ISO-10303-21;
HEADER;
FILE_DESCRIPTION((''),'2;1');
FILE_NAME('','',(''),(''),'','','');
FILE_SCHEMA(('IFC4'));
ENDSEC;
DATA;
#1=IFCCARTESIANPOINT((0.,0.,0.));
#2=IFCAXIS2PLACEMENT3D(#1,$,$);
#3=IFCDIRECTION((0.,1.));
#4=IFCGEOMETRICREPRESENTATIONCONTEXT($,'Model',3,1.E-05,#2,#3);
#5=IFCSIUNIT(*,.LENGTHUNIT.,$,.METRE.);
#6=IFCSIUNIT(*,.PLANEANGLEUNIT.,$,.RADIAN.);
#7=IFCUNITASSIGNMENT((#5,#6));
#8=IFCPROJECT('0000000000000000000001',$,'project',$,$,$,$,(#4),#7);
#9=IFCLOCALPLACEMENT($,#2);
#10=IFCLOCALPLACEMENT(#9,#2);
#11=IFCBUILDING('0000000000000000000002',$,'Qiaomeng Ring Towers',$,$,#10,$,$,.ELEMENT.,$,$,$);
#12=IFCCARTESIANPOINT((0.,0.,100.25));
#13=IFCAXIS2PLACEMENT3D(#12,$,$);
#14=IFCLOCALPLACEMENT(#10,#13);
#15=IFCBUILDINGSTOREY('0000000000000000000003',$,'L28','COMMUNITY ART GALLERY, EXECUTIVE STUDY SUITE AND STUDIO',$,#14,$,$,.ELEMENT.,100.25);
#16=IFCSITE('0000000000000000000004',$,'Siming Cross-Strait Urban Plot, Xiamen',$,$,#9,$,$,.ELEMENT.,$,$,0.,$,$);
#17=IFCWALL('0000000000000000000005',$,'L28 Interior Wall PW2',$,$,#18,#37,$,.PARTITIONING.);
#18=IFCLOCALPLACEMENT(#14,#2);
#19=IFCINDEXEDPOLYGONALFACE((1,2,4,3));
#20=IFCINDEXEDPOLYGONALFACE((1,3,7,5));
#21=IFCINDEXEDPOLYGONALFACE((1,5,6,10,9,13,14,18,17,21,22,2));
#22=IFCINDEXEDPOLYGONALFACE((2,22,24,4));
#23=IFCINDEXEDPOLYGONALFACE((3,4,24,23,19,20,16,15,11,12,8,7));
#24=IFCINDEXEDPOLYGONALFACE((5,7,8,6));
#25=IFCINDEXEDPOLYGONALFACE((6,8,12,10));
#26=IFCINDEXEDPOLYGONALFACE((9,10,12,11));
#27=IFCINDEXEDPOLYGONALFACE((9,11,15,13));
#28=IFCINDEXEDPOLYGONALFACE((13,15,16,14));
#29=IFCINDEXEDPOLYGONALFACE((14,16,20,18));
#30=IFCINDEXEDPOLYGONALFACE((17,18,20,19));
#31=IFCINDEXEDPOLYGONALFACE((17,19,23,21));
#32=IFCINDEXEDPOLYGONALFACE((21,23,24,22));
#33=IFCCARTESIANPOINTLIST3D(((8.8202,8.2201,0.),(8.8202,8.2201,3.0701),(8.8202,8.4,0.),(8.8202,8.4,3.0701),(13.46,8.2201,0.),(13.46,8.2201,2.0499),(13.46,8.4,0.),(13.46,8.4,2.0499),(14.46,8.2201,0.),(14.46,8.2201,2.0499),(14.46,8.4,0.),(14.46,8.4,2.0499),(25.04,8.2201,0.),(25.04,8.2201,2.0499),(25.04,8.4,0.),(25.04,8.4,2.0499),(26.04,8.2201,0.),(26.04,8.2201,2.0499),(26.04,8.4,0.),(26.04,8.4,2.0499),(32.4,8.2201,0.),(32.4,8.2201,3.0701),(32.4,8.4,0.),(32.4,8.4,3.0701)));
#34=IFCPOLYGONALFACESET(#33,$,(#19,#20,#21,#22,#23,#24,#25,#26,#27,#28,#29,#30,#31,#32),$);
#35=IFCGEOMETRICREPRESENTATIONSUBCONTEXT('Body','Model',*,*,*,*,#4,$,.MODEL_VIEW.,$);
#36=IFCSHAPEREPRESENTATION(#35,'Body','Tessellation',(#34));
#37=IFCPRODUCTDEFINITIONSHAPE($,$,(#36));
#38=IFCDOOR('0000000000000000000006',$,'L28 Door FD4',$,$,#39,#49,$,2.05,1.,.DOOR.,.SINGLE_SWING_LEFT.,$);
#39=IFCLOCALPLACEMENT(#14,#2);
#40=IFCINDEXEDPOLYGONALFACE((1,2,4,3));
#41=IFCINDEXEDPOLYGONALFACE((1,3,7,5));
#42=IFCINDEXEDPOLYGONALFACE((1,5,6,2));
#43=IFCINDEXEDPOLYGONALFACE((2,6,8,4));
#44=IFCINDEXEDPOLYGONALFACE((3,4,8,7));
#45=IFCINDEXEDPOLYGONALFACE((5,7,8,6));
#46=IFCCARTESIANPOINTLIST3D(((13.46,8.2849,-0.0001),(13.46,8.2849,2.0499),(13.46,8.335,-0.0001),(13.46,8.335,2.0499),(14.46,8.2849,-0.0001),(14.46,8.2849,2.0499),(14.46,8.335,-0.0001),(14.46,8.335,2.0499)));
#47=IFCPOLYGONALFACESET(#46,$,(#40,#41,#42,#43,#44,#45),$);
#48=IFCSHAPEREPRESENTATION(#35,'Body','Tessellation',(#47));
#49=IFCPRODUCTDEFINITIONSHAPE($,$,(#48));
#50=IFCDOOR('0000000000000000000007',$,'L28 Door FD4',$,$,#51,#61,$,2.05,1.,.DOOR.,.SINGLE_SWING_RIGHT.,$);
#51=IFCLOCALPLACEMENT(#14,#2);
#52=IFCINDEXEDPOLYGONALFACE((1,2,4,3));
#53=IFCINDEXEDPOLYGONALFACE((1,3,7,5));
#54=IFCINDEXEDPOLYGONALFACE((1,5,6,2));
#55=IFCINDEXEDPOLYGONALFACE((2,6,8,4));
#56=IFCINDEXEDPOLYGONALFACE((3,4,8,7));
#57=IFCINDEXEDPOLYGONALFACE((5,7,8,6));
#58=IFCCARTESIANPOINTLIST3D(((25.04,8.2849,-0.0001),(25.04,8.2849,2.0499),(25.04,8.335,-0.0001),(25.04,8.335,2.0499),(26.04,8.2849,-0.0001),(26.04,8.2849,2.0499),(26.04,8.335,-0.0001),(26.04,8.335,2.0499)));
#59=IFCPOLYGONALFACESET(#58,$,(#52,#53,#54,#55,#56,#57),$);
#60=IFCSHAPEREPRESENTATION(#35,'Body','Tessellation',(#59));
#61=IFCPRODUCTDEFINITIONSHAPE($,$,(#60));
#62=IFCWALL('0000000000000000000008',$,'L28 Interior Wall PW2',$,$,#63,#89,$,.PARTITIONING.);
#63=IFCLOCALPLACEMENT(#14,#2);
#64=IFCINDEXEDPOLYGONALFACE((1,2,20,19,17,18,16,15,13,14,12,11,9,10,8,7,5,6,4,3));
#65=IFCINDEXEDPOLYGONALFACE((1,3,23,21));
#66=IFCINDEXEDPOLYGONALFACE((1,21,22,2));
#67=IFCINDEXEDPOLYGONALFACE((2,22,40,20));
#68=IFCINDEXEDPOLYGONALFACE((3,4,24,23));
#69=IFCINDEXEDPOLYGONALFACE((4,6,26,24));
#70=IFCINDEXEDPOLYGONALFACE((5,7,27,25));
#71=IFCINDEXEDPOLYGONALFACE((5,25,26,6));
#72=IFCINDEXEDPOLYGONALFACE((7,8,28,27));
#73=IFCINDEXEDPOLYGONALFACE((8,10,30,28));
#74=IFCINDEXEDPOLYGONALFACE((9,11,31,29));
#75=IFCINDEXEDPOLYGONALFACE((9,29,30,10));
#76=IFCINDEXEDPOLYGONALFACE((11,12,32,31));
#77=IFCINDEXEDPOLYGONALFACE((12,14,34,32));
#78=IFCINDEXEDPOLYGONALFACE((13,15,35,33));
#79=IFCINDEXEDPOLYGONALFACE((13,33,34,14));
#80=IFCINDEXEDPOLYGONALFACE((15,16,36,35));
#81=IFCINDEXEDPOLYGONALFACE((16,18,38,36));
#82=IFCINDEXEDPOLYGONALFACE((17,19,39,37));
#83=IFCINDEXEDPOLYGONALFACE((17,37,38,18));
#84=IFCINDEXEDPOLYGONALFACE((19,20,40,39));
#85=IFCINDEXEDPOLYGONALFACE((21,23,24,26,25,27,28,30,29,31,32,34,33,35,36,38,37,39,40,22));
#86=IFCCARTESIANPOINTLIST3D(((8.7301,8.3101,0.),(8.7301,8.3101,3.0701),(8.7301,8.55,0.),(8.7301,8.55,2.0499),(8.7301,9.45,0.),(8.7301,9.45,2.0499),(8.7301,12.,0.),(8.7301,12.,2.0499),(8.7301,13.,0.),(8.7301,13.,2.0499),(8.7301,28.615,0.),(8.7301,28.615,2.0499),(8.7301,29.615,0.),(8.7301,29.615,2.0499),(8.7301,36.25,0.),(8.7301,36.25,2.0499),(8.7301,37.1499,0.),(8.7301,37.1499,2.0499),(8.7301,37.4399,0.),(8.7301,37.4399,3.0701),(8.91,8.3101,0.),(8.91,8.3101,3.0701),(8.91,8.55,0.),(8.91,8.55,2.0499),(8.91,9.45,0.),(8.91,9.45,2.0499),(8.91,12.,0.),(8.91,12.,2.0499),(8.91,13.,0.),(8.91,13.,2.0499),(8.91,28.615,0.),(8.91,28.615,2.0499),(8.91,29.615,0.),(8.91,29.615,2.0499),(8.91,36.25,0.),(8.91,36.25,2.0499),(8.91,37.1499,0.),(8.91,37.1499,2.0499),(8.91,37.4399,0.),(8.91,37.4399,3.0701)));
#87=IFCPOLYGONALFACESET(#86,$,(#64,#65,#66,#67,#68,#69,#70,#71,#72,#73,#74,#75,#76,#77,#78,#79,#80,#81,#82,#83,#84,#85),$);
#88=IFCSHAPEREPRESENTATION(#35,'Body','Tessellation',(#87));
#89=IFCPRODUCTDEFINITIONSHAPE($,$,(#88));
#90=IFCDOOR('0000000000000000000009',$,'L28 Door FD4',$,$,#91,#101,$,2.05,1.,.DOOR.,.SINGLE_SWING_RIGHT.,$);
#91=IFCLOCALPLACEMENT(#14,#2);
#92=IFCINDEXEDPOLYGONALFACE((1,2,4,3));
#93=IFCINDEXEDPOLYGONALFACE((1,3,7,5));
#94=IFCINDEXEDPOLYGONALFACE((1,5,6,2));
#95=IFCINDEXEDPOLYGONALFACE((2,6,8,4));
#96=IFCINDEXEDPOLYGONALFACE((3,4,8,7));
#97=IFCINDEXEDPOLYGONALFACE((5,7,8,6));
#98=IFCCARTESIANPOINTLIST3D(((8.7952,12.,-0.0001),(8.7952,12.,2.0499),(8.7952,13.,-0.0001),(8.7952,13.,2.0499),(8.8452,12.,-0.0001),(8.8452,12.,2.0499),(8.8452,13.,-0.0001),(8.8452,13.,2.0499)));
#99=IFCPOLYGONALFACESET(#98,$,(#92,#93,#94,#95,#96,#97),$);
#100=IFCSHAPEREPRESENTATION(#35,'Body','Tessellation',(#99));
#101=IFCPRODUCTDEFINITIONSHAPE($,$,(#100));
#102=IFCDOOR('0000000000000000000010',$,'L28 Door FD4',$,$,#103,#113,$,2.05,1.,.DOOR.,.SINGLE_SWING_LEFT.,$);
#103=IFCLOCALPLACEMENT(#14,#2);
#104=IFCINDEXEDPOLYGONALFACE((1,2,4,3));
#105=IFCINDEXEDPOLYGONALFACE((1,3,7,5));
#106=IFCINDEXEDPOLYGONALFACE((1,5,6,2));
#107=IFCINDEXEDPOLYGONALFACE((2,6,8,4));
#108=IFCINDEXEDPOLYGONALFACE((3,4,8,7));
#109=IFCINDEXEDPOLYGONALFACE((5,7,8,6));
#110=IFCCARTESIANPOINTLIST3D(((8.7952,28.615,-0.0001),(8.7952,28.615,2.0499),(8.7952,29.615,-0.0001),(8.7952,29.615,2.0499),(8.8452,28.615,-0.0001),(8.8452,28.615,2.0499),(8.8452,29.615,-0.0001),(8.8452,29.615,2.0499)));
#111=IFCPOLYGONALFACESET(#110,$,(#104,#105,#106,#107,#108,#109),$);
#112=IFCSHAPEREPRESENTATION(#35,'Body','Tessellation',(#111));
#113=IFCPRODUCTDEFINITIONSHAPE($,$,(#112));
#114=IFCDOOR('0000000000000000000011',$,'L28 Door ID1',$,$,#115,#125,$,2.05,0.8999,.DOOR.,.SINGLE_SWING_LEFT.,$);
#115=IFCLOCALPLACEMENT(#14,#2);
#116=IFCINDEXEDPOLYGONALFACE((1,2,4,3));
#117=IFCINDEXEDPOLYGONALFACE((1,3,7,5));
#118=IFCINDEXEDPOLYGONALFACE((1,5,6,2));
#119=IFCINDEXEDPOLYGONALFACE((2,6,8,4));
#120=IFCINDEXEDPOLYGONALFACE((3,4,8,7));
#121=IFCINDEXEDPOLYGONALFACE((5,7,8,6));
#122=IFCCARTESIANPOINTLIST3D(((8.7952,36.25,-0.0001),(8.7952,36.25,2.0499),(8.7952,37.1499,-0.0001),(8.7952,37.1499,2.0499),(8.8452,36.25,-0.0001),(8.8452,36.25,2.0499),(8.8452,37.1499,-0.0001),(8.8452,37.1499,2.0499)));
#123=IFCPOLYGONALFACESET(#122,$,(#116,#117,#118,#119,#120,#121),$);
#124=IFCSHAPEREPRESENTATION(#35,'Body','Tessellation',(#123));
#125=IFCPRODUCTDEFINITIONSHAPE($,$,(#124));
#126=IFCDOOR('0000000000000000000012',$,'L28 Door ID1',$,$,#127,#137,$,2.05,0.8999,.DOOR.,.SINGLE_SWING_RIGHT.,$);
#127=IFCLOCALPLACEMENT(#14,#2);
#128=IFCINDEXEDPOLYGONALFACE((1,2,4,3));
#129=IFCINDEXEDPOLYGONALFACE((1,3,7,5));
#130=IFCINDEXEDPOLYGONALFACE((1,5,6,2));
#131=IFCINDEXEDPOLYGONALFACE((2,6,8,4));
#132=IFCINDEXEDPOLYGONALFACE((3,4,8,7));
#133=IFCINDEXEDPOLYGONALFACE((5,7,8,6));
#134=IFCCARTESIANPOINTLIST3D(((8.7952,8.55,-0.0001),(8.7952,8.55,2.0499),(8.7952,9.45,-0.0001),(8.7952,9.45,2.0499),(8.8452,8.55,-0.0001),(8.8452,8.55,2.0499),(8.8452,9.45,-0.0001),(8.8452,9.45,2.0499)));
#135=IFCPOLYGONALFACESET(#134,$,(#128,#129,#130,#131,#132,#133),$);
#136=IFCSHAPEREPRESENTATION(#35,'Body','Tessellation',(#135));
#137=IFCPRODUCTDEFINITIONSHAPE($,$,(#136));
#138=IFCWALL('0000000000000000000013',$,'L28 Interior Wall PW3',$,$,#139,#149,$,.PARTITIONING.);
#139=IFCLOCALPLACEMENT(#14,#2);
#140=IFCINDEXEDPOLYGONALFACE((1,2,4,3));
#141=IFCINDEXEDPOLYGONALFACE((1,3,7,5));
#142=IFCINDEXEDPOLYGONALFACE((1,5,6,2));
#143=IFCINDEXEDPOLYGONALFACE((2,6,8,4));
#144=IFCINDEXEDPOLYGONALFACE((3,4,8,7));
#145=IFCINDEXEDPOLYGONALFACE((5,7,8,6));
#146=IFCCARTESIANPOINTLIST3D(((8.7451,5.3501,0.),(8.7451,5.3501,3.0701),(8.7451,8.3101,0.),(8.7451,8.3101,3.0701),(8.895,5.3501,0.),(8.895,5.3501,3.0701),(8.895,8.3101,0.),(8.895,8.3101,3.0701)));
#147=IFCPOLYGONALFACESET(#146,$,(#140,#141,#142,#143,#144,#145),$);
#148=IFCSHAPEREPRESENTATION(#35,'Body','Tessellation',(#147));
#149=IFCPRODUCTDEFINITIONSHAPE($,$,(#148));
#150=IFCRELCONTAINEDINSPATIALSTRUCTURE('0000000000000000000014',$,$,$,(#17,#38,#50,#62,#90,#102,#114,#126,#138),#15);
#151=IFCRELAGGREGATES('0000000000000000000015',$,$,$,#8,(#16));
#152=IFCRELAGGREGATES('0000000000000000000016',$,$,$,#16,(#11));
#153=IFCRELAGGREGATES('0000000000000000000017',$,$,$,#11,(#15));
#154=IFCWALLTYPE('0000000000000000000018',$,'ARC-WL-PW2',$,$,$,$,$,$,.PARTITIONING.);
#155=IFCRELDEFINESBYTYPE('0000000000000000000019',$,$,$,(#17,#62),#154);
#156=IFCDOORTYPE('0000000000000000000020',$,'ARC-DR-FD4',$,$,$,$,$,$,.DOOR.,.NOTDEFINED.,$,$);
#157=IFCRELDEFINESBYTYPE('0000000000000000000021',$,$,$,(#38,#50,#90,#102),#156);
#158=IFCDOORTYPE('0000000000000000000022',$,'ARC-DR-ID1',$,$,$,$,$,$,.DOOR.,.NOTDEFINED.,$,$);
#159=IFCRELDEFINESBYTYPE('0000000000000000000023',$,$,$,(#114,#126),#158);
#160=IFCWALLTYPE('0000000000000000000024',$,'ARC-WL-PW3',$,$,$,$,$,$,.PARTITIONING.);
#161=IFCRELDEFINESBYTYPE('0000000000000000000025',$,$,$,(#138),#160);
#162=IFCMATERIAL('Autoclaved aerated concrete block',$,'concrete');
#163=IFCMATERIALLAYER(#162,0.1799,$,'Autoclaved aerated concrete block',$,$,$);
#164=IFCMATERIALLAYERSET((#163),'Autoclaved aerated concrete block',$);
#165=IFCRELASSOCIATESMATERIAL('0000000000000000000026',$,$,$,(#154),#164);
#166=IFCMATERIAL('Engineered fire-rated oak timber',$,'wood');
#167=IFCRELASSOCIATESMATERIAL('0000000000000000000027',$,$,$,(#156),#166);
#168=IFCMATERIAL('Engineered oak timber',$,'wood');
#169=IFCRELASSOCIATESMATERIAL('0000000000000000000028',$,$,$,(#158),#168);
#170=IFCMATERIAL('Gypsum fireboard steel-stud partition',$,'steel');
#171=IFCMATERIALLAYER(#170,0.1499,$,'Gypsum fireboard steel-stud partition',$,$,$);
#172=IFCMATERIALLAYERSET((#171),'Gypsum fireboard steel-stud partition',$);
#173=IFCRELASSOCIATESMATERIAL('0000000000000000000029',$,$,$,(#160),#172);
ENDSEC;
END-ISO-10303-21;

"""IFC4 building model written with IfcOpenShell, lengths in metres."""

from ifc_helpers import new_model, si_unit, direction, frame, frame_2d, origin, place, context, subcontext, project, spatial, rectangle, extrude, source, transform, mapped, material, layer, layer_set, type_object, element, fill, save


model = new_model("IFC4")

# Units and contexts
model_context = context("Model", 3, precision=1e-05, world=origin(), true_north=direction((0.0, 1.0)))
body_context = subcontext(model_context, "Body", "Model", "MODEL_VIEW")
ifc_project = project(units=[si_unit("LENGTHUNIT", "METRE"), si_unit("PLANEANGLEUNIT", "RADIAN")], contexts=[model_context])

# Site, building, storey
site_placement = place(None, origin())
site = spatial("IfcSite", under=ifc_project, at=site_placement, Name="Siming Cross-Strait Urban Plot, Xiamen", CompositionType="ELEMENT", RefElevation=0.0)
building_placement = place(site_placement, origin())
building = spatial("IfcBuilding", under=site, at=building_placement, Name="Qiaomeng Ring Towers", CompositionType="ELEMENT")
storey_placement = place(building_placement, frame((0.0, 0.0, 100.25)))
storey = spatial("IfcBuildingStorey", under=building, at=storey_placement, Name="L28", Description="COMMUNITY ART GALLERY, EXECUTIVE STUDY SUITE AND STUDIO", CompositionType="ELEMENT", Elevation=100.25)

# Walls, openings, doors
ifc_material_1 = material(Name="Autoclaved aerated concrete block", Category="concrete")
ifc_layer_1 = layer(ifc_material_1, 0.1799, Name="Autoclaved aerated concrete block")
ifc_layer_set_1 = layer_set([ifc_layer_1], Name="Autoclaved aerated concrete block")
wall_type_1 = type_object("IfcWallType", Name="ARC-WL-PW2", PredefinedType="PARTITIONING", material=ifc_layer_set_1)
wall_1_placement = place(storey_placement, frame((8.8201, 8.3101, 0.0), z_axis=(0.0, 0.0, 1.0), x_axis=(1.0, 0.0, 0.0)))
wall_1 = element("IfcWall", 1, at=wall_1_placement, inside=storey, type_object=wall_type_1, Name="L28 Interior Wall PW2", PredefinedType="PARTITIONING", context=body_context, shape_type="SweptSolid", body=[
    extrude(rectangle(XDim=23.5798, YDim=0.1799, at=frame_2d((11.79, 0.0))), origin(), (0.0, 0.0, 1.0), 3.0701),
])
opening_1_placement = place(wall_1_placement, frame((4.6399, 0.0, 0.0)))
opening_1 = element("IfcOpeningElement", 2, at=opening_1_placement, cuts=wall_1, PredefinedType="OPENING", context=body_context, shape_type="SweptSolid", body=[
    extrude(rectangle(XDim=1.0, YDim=2.05, at=frame_2d((0.5, 1.0249))), frame((0.0, 0.0999, 0.0), z_axis=(0.0, -1.0, 0.0), x_axis=(1.0, 0.0, 0.0)), (0.0, 0.0, 1.0), 0.2),
])
opening_2_placement = place(wall_1_placement, frame((16.22, 0.0, 0.0)))
opening_2 = element("IfcOpeningElement", 3, at=opening_2_placement, cuts=wall_1, PredefinedType="OPENING", context=body_context, shape_type="SweptSolid", body=[
    extrude(rectangle(XDim=1.0, YDim=2.05, at=frame_2d((0.5, 1.0249))), frame((0.0, 0.0999, 0.0), z_axis=(0.0, -1.0, 0.0), x_axis=(1.0, 0.0, 0.0)), (0.0, 0.0, 1.0), 0.2),
])
ifc_material_2 = material(Name="Engineered fire-rated oak timber", Category="wood")
door_type_1 = type_object("IfcDoorType", Name="ARC-DR-FD4", OperationType="NOTDEFINED", PredefinedType="DOOR", material=ifc_material_2)
shared_shape_1 = source(origin(), body_context, "Body", "SweptSolid", [
    extrude(rectangle(XDim=1.0, YDim=2.05, at=frame_2d((0.5, 1.0249))), frame((0.0, 0.0249, 0.0), z_axis=(0.0, -1.0, 0.0), x_axis=(1.0, 0.0, 0.0)), (0.0, 0.0, 1.0), 0.05),
])
door_1_placement = place(opening_1_placement, origin())
door_1 = element("IfcDoor", 4, at=door_1_placement, inside=storey, type_object=door_type_1, Name="L28 Door FD4", OperationType="SINGLE_SWING_LEFT", OverallHeight=2.05, OverallWidth=1.0, PredefinedType="DOOR", context=body_context, shape_type="MappedRepresentation", body=[
    mapped(shared_shape_1, transform((0.0, 0.0, 0.0), x_axis=(1.0, 0.0, 0.0), y_axis=(0.0, 1.0, 0.0), z_axis=(0.0, 0.0, 1.0), scale=1.0)),
])
fill(opening_1, door_1)
door_2_placement = place(opening_2_placement, origin())
door_2 = element("IfcDoor", 5, at=door_2_placement, inside=storey, type_object=door_type_1, Name="L28 Door FD4", OperationType="SINGLE_SWING_RIGHT", OverallHeight=2.05, OverallWidth=1.0, PredefinedType="DOOR", context=body_context, shape_type="MappedRepresentation", body=[
    mapped(shared_shape_1, transform((0.0, 0.0, 0.0), x_axis=(1.0, 0.0, 0.0), y_axis=(0.0, 1.0, 0.0), z_axis=(0.0, 0.0, 1.0), scale=1.0)),
])
fill(opening_2, door_2)
wall_2_placement = place(storey_placement, frame((8.8201, 8.3101, 0.0), z_axis=(0.0, 0.0, 1.0), x_axis=(0.0, 1.0, 0.0)))
wall_2 = element("IfcWall", 6, at=wall_2_placement, inside=storey, type_object=wall_type_1, Name="L28 Interior Wall PW2", PredefinedType="PARTITIONING", context=body_context, shape_type="SweptSolid", body=[
    extrude(rectangle(XDim=29.1299, YDim=0.1799, at=frame_2d((14.5649, 0.0))), origin(), (0.0, 0.0, 1.0), 3.0701),
])
opening_3_placement = place(wall_2_placement, frame((27.9399, 0.0, 0.0)))
opening_3 = element("IfcOpeningElement", 7, at=opening_3_placement, cuts=wall_2, PredefinedType="OPENING", context=body_context, shape_type="SweptSolid", body=[
    extrude(rectangle(XDim=0.8999, YDim=2.05, at=frame_2d((0.45, 1.0249))), frame((0.0, 0.0999, 0.0), z_axis=(0.0, -1.0, 0.0), x_axis=(1.0, 0.0, 0.0)), (0.0, 0.0, 1.0), 0.2),
])
opening_4_placement = place(wall_2_placement, frame((0.24, 0.0, 0.0)))
opening_4 = element("IfcOpeningElement", 8, at=opening_4_placement, cuts=wall_2, PredefinedType="OPENING", context=body_context, shape_type="SweptSolid", body=[
    extrude(rectangle(XDim=0.8999, YDim=2.05, at=frame_2d((0.45, 1.0249))), frame((0.0, 0.0999, 0.0), z_axis=(0.0, -1.0, 0.0), x_axis=(1.0, 0.0, 0.0)), (0.0, 0.0, 1.0), 0.2),
])
opening_5_placement = place(wall_2_placement, frame((3.6899, 0.0, 0.0)))
opening_5 = element("IfcOpeningElement", 9, at=opening_5_placement, cuts=wall_2, PredefinedType="OPENING", context=body_context, shape_type="SweptSolid", body=[
    extrude(rectangle(XDim=1.0, YDim=2.05, at=frame_2d((0.5, 1.0249))), frame((0.0, 0.0999, 0.0), z_axis=(0.0, -1.0, 0.0), x_axis=(1.0, 0.0, 0.0)), (0.0, 0.0, 1.0), 0.2),
])
opening_6_placement = place(wall_2_placement, frame((20.3049, 0.0, 0.0)))
opening_6 = element("IfcOpeningElement", 10, at=opening_6_placement, cuts=wall_2, PredefinedType="OPENING", context=body_context, shape_type="SweptSolid", body=[
    extrude(rectangle(XDim=1.0, YDim=2.05, at=frame_2d((0.5, 1.0249))), frame((0.0, 0.0999, 0.0), z_axis=(0.0, -1.0, 0.0), x_axis=(1.0, 0.0, 0.0)), (0.0, 0.0, 1.0), 0.2),
])
door_3_placement = place(opening_5_placement, origin())
door_3 = element("IfcDoor", 11, at=door_3_placement, inside=storey, type_object=door_type_1, Name="L28 Door FD4", OperationType="SINGLE_SWING_RIGHT", OverallHeight=2.05, OverallWidth=1.0, PredefinedType="DOOR", context=body_context, shape_type="MappedRepresentation", body=[
    mapped(shared_shape_1, transform((0.0, 0.0, 0.0), x_axis=(1.0, 0.0, 0.0), y_axis=(0.0, 1.0, 0.0), z_axis=(0.0, 0.0, 1.0), scale=1.0)),
])
fill(opening_5, door_3)
door_4_placement = place(opening_6_placement, origin())
door_4 = element("IfcDoor", 12, at=door_4_placement, inside=storey, type_object=door_type_1, Name="L28 Door FD4", OperationType="SINGLE_SWING_LEFT", OverallHeight=2.05, OverallWidth=1.0, PredefinedType="DOOR", context=body_context, shape_type="MappedRepresentation", body=[
    mapped(shared_shape_1, transform((0.0, 0.0, 0.0), x_axis=(1.0, 0.0, 0.0), y_axis=(0.0, 1.0, 0.0), z_axis=(0.0, 0.0, 1.0), scale=1.0)),
])
fill(opening_6, door_4)
ifc_material_3 = material(Name="Engineered oak timber", Category="wood")
door_type_2 = type_object("IfcDoorType", Name="ARC-DR-ID1", OperationType="NOTDEFINED", PredefinedType="DOOR", material=ifc_material_3)
shared_shape_2 = source(origin(), body_context, "Body", "SweptSolid", [
    extrude(rectangle(XDim=0.8999, YDim=2.05, at=frame_2d((0.45, 1.0249))), frame((0.0, 0.0249, 0.0), z_axis=(0.0, -1.0, 0.0), x_axis=(1.0, 0.0, 0.0)), (0.0, 0.0, 1.0), 0.05),
])
door_5_placement = place(opening_3_placement, origin())
door_5 = element("IfcDoor", 13, at=door_5_placement, inside=storey, type_object=door_type_2, Name="L28 Door ID1", OperationType="SINGLE_SWING_LEFT", OverallHeight=2.05, OverallWidth=0.8999, PredefinedType="DOOR", context=body_context, shape_type="MappedRepresentation", body=[
    mapped(shared_shape_2, transform((0.0, 0.0, 0.0), x_axis=(1.0, 0.0, 0.0), y_axis=(0.0, 1.0, 0.0), z_axis=(0.0, 0.0, 1.0), scale=1.0)),
])
fill(opening_3, door_5)
door_6_placement = place(opening_4_placement, origin())
door_6 = element("IfcDoor", 14, at=door_6_placement, inside=storey, type_object=door_type_2, Name="L28 Door ID1", OperationType="SINGLE_SWING_RIGHT", OverallHeight=2.05, OverallWidth=0.8999, PredefinedType="DOOR", context=body_context, shape_type="MappedRepresentation", body=[
    mapped(shared_shape_2, transform((0.0, 0.0, 0.0), x_axis=(1.0, 0.0, 0.0), y_axis=(0.0, 1.0, 0.0), z_axis=(0.0, 0.0, 1.0), scale=1.0)),
])
fill(opening_4, door_6)

# Wall
ifc_material_4 = material(Name="Gypsum fireboard steel-stud partition", Category="steel")
ifc_layer_2 = layer(ifc_material_4, 0.1499, Name="Gypsum fireboard steel-stud partition")
ifc_layer_set_2 = layer_set([ifc_layer_2], Name="Gypsum fireboard steel-stud partition")
wall_type_2 = type_object("IfcWallType", Name="ARC-WL-PW3", PredefinedType="PARTITIONING", material=ifc_layer_set_2)
wall_3_placement = place(storey_placement, frame((8.8201, 5.3501, 0.0), z_axis=(0.0, 0.0, 1.0), x_axis=(0.0, 1.0, 0.0)))
element("IfcWall", 15, at=wall_3_placement, inside=storey, type_object=wall_type_2, Name="L28 Interior Wall PW3", PredefinedType="PARTITIONING", context=body_context, shape_type="SweptSolid", body=[
    extrude(rectangle(XDim=2.96, YDim=0.1499, at=frame_2d((1.48, 0.0))), origin(), (0.0, 0.0, 1.0), 3.0701),
])

save(model, "model.ifc")
